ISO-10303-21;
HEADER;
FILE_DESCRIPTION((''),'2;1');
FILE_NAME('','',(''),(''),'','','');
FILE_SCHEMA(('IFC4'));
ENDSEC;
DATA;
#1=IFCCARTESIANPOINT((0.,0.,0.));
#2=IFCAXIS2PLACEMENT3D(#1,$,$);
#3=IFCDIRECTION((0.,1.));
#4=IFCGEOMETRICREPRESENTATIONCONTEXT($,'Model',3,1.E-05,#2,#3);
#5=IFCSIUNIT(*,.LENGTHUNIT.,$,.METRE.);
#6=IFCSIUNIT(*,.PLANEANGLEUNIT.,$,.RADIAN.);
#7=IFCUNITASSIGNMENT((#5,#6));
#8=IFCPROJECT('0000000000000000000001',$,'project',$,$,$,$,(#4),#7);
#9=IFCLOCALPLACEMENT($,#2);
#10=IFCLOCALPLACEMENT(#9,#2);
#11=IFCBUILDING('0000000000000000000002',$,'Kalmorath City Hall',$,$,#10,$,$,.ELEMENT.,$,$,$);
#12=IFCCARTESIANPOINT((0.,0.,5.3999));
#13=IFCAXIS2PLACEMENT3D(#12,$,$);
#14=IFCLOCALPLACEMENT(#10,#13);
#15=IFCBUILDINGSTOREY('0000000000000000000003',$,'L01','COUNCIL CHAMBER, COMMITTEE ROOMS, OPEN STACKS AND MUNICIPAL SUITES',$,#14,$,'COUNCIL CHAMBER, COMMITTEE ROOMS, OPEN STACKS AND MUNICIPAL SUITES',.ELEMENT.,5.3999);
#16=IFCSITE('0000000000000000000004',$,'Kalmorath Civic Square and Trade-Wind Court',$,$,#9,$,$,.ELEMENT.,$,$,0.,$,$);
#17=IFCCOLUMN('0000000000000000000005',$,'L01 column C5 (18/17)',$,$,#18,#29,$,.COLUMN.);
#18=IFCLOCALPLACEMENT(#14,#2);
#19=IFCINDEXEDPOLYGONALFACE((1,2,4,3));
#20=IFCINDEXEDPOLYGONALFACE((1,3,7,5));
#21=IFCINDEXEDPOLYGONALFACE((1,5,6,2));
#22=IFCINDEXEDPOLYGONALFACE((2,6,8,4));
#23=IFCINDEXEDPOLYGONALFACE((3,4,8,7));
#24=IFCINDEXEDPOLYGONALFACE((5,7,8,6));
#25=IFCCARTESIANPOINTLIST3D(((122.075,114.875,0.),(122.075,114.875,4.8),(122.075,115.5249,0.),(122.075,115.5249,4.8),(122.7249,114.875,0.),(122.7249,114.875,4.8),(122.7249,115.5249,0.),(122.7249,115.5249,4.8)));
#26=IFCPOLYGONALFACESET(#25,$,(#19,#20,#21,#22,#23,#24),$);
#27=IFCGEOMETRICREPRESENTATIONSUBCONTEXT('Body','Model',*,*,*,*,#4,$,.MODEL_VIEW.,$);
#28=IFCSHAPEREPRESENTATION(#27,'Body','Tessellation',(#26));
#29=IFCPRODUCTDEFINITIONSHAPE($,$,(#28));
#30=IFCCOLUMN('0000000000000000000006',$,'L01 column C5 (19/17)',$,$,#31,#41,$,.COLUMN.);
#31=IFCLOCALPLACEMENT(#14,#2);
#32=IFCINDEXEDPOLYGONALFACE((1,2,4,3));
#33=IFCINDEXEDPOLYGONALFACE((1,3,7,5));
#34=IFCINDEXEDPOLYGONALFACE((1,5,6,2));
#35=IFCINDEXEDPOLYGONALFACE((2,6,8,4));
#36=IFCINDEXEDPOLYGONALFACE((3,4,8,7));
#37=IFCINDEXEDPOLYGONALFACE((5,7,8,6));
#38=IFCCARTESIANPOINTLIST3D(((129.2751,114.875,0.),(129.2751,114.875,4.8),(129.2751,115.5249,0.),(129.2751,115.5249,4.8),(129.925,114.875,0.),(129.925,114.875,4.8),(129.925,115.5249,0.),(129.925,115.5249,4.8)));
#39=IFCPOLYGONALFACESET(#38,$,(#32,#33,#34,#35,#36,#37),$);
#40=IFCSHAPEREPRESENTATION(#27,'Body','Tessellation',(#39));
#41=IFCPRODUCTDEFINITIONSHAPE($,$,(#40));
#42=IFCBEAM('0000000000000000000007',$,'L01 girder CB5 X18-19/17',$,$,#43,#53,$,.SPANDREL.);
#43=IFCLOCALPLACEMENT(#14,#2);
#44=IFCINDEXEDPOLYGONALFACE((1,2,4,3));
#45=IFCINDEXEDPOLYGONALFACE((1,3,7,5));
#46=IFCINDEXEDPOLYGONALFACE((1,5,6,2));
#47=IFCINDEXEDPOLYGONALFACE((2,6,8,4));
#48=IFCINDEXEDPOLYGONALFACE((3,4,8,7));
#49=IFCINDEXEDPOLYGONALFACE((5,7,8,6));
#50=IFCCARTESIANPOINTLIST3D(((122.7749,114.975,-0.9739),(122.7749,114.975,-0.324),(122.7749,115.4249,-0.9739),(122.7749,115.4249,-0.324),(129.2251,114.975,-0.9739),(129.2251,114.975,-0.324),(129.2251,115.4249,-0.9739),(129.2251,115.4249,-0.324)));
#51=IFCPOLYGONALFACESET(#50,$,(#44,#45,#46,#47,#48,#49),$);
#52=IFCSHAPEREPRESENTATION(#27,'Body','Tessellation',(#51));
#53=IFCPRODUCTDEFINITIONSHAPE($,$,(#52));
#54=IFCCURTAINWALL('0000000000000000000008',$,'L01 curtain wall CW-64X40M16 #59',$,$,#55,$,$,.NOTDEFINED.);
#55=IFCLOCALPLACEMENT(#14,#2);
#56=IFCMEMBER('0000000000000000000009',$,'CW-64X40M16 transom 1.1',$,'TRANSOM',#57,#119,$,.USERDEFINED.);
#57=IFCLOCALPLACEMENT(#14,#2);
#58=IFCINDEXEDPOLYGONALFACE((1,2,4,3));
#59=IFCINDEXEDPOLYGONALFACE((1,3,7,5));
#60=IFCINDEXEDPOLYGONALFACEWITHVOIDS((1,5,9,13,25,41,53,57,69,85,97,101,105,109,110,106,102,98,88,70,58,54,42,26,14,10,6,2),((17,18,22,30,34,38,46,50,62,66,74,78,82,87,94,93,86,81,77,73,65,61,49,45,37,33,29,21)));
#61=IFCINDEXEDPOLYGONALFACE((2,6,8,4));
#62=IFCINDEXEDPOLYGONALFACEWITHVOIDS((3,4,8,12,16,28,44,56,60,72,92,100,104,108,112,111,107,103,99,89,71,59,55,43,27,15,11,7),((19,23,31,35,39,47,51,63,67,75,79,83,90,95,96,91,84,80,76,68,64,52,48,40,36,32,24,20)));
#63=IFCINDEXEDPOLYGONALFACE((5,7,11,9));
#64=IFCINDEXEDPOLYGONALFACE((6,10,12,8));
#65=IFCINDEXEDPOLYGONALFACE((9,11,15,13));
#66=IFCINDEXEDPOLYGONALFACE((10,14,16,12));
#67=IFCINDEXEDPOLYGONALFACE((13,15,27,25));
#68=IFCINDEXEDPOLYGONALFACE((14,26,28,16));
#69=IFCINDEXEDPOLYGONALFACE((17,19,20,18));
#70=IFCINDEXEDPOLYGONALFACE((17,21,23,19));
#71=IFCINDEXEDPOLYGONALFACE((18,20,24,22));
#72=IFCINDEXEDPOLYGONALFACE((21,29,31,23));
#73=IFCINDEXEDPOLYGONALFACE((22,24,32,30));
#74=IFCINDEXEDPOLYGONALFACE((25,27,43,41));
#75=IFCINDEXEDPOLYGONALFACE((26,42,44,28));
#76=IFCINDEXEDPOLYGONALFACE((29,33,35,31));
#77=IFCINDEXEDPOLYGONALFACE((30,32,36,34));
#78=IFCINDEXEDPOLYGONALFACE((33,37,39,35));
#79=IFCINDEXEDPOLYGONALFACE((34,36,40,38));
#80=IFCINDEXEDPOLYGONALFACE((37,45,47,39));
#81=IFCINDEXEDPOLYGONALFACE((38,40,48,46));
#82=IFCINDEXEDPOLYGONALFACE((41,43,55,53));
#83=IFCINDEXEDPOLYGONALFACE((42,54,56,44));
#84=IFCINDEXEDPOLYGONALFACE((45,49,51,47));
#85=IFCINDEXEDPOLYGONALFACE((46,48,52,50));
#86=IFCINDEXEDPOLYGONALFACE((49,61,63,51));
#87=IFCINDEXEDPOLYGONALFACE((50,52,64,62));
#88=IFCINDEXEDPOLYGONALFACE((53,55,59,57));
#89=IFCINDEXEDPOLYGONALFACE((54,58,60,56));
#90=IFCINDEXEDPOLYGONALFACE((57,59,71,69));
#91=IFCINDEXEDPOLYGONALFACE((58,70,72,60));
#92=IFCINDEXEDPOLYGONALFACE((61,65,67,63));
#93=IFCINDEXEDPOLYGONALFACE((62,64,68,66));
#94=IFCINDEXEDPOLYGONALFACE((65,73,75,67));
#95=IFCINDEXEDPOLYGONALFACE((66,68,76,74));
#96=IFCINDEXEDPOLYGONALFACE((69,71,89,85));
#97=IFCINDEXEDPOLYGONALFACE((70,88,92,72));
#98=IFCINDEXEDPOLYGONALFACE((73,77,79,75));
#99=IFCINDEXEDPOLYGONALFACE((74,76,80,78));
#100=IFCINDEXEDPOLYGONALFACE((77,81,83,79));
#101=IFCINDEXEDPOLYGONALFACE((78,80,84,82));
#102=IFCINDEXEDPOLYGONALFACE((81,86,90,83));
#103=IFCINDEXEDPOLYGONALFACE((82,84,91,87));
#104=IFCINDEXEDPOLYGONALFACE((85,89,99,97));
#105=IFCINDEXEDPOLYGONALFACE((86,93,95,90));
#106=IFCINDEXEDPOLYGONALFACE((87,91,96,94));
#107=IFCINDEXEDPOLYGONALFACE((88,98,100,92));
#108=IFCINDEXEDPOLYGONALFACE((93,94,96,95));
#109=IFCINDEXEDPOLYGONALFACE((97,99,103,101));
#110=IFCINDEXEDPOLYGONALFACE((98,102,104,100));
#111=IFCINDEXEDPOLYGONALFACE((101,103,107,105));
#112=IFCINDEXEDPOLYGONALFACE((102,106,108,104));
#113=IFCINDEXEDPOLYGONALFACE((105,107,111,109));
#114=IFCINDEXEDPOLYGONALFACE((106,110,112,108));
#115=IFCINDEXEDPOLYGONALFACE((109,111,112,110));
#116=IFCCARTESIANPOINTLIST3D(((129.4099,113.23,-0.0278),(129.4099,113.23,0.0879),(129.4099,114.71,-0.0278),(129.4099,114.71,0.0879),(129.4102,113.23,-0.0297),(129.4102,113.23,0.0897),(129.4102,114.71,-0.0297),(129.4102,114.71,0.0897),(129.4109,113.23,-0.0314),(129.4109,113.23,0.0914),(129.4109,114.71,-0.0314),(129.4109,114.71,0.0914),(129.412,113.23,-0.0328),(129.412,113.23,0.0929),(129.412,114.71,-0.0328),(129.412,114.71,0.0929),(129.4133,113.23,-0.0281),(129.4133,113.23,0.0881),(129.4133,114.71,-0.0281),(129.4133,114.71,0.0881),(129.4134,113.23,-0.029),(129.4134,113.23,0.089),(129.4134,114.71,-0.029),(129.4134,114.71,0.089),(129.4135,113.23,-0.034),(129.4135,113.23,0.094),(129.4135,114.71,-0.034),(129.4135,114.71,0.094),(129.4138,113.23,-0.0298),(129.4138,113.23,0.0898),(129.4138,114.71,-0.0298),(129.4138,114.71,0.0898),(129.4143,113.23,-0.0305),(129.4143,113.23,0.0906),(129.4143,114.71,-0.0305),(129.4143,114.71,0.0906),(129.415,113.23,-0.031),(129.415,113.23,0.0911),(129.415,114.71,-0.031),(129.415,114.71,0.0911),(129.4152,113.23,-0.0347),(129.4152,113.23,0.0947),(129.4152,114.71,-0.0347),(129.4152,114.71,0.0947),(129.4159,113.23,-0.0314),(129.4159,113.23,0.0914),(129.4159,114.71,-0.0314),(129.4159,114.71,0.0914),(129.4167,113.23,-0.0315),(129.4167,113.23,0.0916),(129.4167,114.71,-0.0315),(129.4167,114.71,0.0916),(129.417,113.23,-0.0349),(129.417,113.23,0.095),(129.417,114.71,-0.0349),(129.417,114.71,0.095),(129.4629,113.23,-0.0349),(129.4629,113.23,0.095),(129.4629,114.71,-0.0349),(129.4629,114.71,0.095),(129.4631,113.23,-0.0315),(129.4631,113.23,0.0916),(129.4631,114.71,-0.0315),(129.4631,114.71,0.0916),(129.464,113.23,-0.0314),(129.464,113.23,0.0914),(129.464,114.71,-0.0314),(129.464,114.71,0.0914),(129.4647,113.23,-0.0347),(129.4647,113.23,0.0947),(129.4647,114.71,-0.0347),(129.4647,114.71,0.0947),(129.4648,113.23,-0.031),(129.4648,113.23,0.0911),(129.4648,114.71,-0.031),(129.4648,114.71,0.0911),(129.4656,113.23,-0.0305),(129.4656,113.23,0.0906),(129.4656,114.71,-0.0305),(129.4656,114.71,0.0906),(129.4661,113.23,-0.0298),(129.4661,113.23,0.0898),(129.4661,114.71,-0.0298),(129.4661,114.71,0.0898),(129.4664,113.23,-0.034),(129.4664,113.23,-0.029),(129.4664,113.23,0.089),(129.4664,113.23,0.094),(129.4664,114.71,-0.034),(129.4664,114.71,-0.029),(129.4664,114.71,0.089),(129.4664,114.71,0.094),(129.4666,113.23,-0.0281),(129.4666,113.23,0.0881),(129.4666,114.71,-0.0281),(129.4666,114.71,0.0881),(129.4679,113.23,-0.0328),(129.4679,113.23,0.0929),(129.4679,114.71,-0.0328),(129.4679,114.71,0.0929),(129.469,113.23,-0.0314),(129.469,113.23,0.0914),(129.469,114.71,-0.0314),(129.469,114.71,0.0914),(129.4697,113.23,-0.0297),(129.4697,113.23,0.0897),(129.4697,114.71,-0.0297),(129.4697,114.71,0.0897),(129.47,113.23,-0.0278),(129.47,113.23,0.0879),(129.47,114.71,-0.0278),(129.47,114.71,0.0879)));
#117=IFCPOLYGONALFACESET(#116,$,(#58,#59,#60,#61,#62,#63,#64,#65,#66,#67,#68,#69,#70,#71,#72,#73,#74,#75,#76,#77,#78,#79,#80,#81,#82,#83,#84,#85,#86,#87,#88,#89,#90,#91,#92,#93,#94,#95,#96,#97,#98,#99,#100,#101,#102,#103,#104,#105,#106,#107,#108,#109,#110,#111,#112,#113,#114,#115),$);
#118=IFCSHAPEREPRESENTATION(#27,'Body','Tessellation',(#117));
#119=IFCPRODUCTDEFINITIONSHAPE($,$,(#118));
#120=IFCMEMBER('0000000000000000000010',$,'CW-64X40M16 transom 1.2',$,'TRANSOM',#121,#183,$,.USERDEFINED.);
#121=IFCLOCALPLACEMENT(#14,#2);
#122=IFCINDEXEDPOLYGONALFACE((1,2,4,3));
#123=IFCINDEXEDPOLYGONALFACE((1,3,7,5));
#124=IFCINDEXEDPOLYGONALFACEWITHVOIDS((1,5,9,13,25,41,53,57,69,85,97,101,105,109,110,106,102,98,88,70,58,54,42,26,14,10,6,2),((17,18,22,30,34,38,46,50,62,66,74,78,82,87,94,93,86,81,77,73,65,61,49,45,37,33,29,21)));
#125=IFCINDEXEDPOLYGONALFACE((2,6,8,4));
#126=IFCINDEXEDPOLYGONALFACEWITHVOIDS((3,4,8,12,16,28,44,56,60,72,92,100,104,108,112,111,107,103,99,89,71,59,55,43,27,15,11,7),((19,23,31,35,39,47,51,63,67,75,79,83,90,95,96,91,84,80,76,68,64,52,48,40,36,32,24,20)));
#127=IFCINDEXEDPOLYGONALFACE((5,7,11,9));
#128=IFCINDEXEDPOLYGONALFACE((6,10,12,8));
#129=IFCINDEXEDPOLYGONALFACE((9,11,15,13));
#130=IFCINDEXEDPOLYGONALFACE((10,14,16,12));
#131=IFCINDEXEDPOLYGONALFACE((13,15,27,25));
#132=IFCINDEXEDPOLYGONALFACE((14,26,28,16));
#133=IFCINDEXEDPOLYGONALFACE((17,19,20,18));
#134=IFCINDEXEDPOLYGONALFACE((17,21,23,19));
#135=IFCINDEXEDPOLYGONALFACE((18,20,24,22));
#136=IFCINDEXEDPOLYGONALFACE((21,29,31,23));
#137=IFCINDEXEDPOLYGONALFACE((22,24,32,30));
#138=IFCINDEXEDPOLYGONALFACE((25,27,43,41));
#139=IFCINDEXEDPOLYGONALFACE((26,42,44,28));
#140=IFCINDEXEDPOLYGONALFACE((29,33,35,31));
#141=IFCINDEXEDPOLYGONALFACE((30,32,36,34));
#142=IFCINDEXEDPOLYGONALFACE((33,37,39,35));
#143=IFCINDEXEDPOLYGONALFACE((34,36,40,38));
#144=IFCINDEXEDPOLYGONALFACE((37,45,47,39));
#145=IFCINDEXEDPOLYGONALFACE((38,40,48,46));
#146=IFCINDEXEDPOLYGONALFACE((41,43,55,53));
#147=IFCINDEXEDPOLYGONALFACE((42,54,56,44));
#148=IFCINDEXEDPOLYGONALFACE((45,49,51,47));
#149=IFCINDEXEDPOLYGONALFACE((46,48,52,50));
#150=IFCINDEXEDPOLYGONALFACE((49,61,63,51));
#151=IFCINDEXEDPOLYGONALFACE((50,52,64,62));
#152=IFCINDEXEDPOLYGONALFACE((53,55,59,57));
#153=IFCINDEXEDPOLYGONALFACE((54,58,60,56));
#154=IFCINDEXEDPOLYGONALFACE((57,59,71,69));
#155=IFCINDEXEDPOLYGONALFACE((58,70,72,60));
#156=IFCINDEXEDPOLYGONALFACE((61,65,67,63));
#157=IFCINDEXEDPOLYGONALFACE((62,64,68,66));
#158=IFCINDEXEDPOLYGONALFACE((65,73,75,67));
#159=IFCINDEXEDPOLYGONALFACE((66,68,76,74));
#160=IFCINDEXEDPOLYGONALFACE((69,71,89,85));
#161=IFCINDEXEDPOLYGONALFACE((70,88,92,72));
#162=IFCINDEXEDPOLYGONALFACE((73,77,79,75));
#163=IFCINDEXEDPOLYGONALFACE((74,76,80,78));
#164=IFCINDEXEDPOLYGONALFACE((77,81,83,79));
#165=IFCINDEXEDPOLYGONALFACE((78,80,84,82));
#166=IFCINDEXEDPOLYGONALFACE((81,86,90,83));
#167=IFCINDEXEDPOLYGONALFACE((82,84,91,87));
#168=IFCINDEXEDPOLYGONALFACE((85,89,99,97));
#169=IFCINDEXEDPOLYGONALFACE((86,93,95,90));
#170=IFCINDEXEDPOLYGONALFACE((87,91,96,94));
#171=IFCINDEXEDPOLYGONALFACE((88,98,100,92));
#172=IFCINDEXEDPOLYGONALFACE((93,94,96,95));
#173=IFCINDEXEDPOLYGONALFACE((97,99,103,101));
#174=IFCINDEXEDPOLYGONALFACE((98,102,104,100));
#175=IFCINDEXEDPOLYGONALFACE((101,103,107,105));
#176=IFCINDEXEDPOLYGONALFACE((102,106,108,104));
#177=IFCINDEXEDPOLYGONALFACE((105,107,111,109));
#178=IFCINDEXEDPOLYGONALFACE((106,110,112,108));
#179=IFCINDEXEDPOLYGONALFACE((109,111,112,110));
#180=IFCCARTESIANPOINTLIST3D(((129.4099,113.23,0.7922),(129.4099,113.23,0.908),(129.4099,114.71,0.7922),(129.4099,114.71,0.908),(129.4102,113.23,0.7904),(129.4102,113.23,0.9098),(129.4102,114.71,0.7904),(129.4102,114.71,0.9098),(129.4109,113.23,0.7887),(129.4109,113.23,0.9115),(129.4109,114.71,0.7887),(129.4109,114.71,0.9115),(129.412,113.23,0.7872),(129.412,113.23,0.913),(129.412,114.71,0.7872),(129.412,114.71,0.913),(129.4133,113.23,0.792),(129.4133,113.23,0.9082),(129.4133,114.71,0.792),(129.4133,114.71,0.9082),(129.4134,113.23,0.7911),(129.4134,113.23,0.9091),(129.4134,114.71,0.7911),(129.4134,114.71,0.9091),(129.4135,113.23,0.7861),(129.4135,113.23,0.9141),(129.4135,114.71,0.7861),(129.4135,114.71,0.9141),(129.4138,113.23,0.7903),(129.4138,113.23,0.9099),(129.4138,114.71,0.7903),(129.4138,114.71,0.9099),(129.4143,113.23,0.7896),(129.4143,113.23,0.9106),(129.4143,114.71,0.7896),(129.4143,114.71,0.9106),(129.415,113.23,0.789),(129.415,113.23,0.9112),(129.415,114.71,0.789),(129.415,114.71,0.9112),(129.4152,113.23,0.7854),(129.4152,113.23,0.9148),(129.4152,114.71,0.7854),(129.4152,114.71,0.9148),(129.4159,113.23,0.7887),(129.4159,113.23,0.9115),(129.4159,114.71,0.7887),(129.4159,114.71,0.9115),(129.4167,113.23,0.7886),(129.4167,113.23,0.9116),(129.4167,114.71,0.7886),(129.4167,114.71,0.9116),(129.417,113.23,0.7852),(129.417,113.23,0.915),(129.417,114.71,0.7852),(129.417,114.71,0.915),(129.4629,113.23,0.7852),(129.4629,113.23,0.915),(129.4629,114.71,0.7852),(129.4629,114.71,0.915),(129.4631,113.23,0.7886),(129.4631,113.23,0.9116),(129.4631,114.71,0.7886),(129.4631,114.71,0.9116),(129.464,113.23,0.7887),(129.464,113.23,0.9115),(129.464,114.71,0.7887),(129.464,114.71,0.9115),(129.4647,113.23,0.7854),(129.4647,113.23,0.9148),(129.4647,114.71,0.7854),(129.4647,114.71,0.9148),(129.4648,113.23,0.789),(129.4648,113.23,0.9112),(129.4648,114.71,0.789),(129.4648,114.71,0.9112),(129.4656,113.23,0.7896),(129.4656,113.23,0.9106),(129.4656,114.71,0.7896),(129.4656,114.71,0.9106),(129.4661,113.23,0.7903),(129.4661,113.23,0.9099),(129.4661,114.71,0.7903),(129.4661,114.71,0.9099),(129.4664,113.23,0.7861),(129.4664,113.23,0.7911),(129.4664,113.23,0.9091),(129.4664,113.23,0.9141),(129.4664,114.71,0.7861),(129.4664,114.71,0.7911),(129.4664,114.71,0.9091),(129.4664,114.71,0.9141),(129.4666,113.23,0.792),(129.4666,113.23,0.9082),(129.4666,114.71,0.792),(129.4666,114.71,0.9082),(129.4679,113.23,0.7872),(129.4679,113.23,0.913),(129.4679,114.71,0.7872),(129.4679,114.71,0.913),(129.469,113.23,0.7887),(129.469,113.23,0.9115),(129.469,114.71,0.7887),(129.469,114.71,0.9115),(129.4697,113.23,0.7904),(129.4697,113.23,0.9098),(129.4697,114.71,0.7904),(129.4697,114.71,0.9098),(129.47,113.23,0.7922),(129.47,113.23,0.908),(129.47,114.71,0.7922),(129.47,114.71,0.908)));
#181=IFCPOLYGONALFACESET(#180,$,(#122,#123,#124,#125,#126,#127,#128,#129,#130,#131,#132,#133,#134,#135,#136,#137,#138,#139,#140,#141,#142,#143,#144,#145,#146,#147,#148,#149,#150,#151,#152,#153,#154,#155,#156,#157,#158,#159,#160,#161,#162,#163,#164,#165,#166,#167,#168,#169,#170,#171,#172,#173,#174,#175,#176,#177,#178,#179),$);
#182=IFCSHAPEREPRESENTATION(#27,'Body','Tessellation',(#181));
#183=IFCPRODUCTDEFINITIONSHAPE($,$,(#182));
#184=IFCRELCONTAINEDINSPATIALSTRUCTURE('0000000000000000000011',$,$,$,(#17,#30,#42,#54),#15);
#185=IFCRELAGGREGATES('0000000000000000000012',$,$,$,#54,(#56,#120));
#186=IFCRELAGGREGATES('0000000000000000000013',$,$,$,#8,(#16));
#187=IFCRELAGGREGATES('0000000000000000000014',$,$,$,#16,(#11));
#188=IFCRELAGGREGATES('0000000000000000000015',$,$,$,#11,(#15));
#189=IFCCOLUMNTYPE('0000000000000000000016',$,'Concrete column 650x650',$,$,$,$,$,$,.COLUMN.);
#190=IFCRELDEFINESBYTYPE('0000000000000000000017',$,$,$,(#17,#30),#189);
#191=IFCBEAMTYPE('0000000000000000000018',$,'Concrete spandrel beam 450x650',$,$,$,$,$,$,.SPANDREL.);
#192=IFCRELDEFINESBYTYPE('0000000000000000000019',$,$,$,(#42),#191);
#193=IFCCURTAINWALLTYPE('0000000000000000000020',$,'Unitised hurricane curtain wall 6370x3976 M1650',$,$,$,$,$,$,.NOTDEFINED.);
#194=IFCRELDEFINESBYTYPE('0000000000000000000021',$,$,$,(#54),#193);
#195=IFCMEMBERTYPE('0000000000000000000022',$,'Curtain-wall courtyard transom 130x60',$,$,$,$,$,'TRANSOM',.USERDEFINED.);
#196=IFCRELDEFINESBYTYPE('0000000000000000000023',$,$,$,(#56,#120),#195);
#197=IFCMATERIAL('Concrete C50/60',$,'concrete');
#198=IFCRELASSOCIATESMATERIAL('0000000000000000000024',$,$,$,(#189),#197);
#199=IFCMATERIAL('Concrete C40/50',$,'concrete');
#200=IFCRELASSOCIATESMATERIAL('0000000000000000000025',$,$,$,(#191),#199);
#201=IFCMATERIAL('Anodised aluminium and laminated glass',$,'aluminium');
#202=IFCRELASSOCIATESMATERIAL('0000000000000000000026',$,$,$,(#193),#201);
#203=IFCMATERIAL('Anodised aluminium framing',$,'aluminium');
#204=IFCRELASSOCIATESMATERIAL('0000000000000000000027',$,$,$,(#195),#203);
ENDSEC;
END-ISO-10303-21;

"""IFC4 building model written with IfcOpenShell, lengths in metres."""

from ifc_helpers import new_model, si_unit, direction, frame, origin, origin_2d, place, context, subcontext, project, spatial, rectangle, hollow_rectangle, extrude, material, material_profile, profile_set, type_object, element, aggregate, save


model = new_model("IFC4")

# Units and contexts
model_context = context("Model", 3, precision=1e-05, world=origin(), true_north=direction((0.0, 1.0)))
body_context = subcontext(model_context, "Body", "Model", "MODEL_VIEW")
ifc_project = project(units=[si_unit("LENGTHUNIT", "METRE"), si_unit("PLANEANGLEUNIT", "RADIAN")], contexts=[model_context])

# Site, building, storey
site_placement = place(None, origin())
site = spatial("IfcSite", under=ifc_project, at=site_placement, Name="Kalmorath Civic Square and Trade-Wind Court", CompositionType="ELEMENT", RefElevation=0.0)
building_placement = place(site_placement, origin())
building = spatial("IfcBuilding", under=site, at=building_placement, Name="Kalmorath City Hall", CompositionType="ELEMENT")
storey_placement = place(building_placement, frame((0.0, 0.0, 5.3999)))
storey = spatial("IfcBuildingStorey", under=building, at=storey_placement, Name="L01", Description="COUNCIL CHAMBER, COMMITTEE ROOMS, OPEN STACKS AND MUNICIPAL SUITES", LongName="COUNCIL CHAMBER, COMMITTEE ROOMS, OPEN STACKS AND MUNICIPAL SUITES", CompositionType="ELEMENT", Elevation=5.3999)

# Columns
ifc_material_1 = material(Name="Concrete C50/60", Category="concrete")
ifc_material_profile_1 = material_profile(ifc_material_1, rectangle(XDim=0.6499, YDim=0.6499, at=origin_2d()), Name="RC-COL-650X650")
ifc_profile_set_1 = profile_set([ifc_material_profile_1], Name="Concrete C50/60")
column_type = type_object("IfcColumnType", Name="Concrete column 650x650", PredefinedType="COLUMN", material=ifc_profile_set_1)
for number, where, z_axis, x_axis, name in (
    (1, (122.3999, 115.2, 0.0), (0.0, 0.0, 1.0), (1.0, 0.0, 0.0), "L01 column C5 (18/17)"),
    (2, (129.6001, 115.2, 0.0), (0.0, 0.0, 1.0), (1.0, 0.0, 0.0), "L01 column C5 (19/17)"),
):
    element("IfcColumn", number, at=place(storey_placement, frame(where, z_axis=z_axis, x_axis=x_axis)), inside=storey, type_object=column_type, Name=name, PredefinedType="COLUMN", context=body_context, shape_type="SweptSolid", body=[
        extrude(rectangle(XDim=0.6499, YDim=0.6499, at=origin_2d()), origin(), (0.0, 0.0, 1.0), 4.8),
    ])

# Beam
ifc_material_2 = material(Name="Concrete C40/50", Category="concrete")
ifc_material_profile_2 = material_profile(ifc_material_2, rectangle(XDim=0.45, YDim=0.6499, at=origin_2d()), Name="RC-BM-450X650")
ifc_profile_set_2 = profile_set([ifc_material_profile_2], Name="Concrete C40/50")
beam_type_1 = type_object("IfcBeamType", Name="Concrete spandrel beam 450x650", PredefinedType="SPANDREL", material=ifc_profile_set_2)
beam_1_placement = place(storey_placement, frame((122.7749, 115.2, -0.6489), z_axis=(1.0, 0.0, 0.0), x_axis=(0.0, 1.0, 0.0)))
element("IfcBeam", 3, at=beam_1_placement, inside=storey, type_object=beam_type_1, Name="L01 girder CB5 X18-19/17", PredefinedType="SPANDREL", context=body_context, shape_type="SweptSolid", body=[
    extrude(rectangle(XDim=0.45, YDim=0.6499, at=origin_2d()), origin(), (0.0, 0.0, 1.0), 6.4502),
])

# Curtain wall, members
ifc_material_3 = material(Name="Anodised aluminium and laminated glass", Category="aluminium")
curtain_wall_type = type_object("IfcCurtainWallType", Name="Unitised hurricane curtain wall 6370x3976 M1650", PredefinedType="NOTDEFINED", material=ifc_material_3)
curtain_wall_placement = place(storey_placement, origin())
curtain_wall = element("IfcCurtainWall", 4, at=curtain_wall_placement, inside=storey, type_object=curtain_wall_type, Name="L01 curtain wall CW-64X40M16 #59", PredefinedType="NOTDEFINED")
ifc_material_4 = material(Name="Anodised aluminium framing", Category="aluminium")
ifc_material_profile_3 = material_profile(ifc_material_4, hollow_rectangle(XDim=0.0601, YDim=0.1299, WallThickness=0.0034, InnerFilletRadius=0.0034, OuterFilletRadius=0.0071, at=origin_2d()), Name="ALU-TRN-130X60X3.5")
ifc_profile_set_3 = profile_set([ifc_material_profile_3], Name="Anodised aluminium framing")
member_type_1 = type_object("IfcMemberType", Name="Curtain-wall courtyard transom 130x60", ElementType="TRANSOM", PredefinedType="USERDEFINED", material=ifc_profile_set_3)
member_1_placement = place(storey_placement, frame((129.4399, 114.71, 0.03), z_axis=(0.0, -1.0, 0.0), x_axis=(1.0, 0.0, 0.0)))
member_1 = element("IfcMember", 5, at=member_1_placement, type_object=member_type_1, Name="CW-64X40M16 transom 1.1", ObjectType="TRANSOM", PredefinedType="USERDEFINED", context=body_context, shape_type="SweptSolid", body=[
    extrude(hollow_rectangle(XDim=0.0601, YDim=0.1299, WallThickness=0.0034, InnerFilletRadius=0.0034, OuterFilletRadius=0.0071, at=origin_2d()), origin(), (0.0, 0.0, 1.0), 1.48),
])
member_2_placement = place(storey_placement, frame((129.4399, 114.71, 0.8501), z_axis=(0.0, -1.0, 0.0), x_axis=(1.0, 0.0, 0.0)))
member_2 = element("IfcMember", 6, at=member_2_placement, type_object=member_type_1, Name="CW-64X40M16 transom 1.2", ObjectType="TRANSOM", PredefinedType="USERDEFINED", context=body_context, shape_type="SweptSolid", body=[
    extrude(hollow_rectangle(XDim=0.0601, YDim=0.1299, WallThickness=0.0034, InnerFilletRadius=0.0034, OuterFilletRadius=0.0071, at=origin_2d()), origin(), (0.0, 0.0, 1.0), 1.48),
])

aggregate(curtain_wall, [member_1, member_2])

save(model, "model.ifc")
